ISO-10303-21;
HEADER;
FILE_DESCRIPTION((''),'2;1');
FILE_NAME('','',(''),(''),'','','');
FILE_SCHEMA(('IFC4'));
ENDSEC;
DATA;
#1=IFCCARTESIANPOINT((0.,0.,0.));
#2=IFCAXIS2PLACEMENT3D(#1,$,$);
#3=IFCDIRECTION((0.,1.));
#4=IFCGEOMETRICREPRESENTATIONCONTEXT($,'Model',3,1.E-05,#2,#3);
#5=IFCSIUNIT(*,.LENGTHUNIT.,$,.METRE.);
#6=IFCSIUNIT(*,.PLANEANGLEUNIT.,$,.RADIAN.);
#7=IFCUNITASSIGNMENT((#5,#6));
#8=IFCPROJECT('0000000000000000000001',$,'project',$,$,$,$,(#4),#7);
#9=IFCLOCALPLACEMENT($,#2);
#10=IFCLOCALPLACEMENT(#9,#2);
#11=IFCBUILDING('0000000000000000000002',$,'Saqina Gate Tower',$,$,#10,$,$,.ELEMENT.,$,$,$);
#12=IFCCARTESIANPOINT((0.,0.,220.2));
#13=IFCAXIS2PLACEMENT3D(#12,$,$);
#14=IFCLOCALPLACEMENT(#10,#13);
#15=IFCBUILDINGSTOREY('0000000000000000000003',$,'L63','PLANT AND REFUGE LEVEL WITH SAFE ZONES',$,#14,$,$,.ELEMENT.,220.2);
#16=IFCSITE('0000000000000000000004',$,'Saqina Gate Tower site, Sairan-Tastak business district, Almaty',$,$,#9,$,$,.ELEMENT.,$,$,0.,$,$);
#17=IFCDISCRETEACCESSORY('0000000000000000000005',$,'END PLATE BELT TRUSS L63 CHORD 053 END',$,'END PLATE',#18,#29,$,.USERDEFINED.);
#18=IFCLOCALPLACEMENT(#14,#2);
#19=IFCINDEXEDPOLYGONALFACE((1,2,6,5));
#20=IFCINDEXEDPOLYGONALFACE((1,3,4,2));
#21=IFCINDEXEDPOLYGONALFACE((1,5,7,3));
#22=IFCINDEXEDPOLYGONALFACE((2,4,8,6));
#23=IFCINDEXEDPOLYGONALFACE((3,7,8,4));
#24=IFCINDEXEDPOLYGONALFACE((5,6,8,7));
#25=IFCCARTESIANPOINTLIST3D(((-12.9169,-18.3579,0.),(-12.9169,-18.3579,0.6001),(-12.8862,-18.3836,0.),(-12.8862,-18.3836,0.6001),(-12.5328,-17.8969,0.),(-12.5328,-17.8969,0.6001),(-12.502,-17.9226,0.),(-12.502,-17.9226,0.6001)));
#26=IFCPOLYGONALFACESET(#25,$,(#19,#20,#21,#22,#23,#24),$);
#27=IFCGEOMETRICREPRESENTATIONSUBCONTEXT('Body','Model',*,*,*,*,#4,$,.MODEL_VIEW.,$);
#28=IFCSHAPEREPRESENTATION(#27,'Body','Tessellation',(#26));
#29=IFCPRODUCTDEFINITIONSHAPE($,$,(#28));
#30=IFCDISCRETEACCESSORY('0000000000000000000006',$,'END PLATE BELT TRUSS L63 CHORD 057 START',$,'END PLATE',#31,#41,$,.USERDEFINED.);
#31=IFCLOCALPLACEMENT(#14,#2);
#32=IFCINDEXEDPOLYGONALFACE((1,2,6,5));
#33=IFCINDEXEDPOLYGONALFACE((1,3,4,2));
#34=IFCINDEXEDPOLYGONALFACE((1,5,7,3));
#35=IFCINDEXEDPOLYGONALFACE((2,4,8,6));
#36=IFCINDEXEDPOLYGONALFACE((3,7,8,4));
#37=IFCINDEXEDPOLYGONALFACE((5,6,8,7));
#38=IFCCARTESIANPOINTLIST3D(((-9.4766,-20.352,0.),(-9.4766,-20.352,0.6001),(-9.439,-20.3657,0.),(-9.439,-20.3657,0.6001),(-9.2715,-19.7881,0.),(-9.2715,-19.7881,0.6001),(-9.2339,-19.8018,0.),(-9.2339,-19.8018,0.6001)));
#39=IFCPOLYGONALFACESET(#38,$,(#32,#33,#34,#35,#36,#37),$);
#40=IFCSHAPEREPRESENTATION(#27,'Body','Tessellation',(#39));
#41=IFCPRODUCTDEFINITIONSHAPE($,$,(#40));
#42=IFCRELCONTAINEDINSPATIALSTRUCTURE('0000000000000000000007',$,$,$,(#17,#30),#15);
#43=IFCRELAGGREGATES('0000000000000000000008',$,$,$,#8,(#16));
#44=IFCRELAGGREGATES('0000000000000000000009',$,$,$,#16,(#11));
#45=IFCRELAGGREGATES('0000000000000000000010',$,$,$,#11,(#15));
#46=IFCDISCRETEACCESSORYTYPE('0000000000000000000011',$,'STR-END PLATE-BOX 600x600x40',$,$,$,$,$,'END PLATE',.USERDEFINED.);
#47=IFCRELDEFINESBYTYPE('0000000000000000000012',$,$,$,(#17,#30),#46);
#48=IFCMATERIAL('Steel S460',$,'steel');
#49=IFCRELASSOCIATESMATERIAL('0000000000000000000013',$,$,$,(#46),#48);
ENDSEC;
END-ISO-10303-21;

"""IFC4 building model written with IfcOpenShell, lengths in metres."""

from ifc_helpers import new_model, si_unit, direction, frame, origin, origin_2d, place, context, subcontext, project, spatial, rectangle, extrude, material, material_profile, profile_set, type_object, element, save


model = new_model("IFC4")

# Units and contexts
model_context = context("Model", 3, precision=1e-05, world=origin(), true_north=direction((0.0, 1.0)))
body_context = subcontext(model_context, "Body", "Model", "MODEL_VIEW")
ifc_project = project(units=[si_unit("LENGTHUNIT", "METRE"), si_unit("PLANEANGLEUNIT", "RADIAN")], contexts=[model_context])

# Site, building, storey
site_placement = place(None, origin())
site = spatial("IfcSite", under=ifc_project, at=site_placement, Name="Saqina Gate Tower site, Sairan-Tastak business district, Almaty", CompositionType="ELEMENT", RefElevation=0.0)
building_placement = place(site_placement, origin())
building = spatial("IfcBuilding", under=site, at=building_placement, Name="Saqina Gate Tower", CompositionType="ELEMENT")
storey_placement = place(building_placement, frame((0.0, 0.0, 220.2)))
storey = spatial("IfcBuildingStorey", under=building, at=storey_placement, Name="L63", Description="PLANT AND REFUGE LEVEL WITH SAFE ZONES", CompositionType="ELEMENT", Elevation=220.2)

# Discrete accessories
ifc_material_1 = material(Name="Steel S460", Category="steel")
ifc_material_profile_1 = material_profile(ifc_material_1, rectangle(XDim=0.6001, YDim=0.6001, at=origin_2d()), Name="STR-END PLATE-BOX 600x600x40")
ifc_profile_set_1 = profile_set([ifc_material_profile_1], Name="Steel S460")
discrete_accessory_type_1 = type_object("IfcDiscreteAccessoryType", Name="STR-END PLATE-BOX 600x600x40", ElementType="END PLATE", PredefinedType="USERDEFINED", material=ifc_profile_set_1)
for number, where, z_axis, x_axis, name in (
    (1, (-12.7249, -18.1274, 0.3), (0.768221, -0.640184, 0.0), (0.640184, 0.768221, 0.0), "END PLATE BELT TRUSS L63 CHORD 053 END"),
    (2, (-9.3364, -20.0837, 0.3), (-0.939793, 0.341743, 0.0), (0.341743, 0.939793, 0.0), "END PLATE BELT TRUSS L63 CHORD 057 START"),
):
    element("IfcDiscreteAccessory", number, at=place(storey_placement, frame(where, z_axis=z_axis, x_axis=x_axis)), inside=storey, type_object=discrete_accessory_type_1, Name=name, ObjectType="END PLATE", PredefinedType="USERDEFINED", context=body_context, shape_type="SweptSolid", body=[
        extrude(rectangle(XDim=0.6001, YDim=0.6001, at=origin_2d()), origin(), (0.0, 0.0, 1.0), 0.04),
    ])

save(model, "model.ifc")
